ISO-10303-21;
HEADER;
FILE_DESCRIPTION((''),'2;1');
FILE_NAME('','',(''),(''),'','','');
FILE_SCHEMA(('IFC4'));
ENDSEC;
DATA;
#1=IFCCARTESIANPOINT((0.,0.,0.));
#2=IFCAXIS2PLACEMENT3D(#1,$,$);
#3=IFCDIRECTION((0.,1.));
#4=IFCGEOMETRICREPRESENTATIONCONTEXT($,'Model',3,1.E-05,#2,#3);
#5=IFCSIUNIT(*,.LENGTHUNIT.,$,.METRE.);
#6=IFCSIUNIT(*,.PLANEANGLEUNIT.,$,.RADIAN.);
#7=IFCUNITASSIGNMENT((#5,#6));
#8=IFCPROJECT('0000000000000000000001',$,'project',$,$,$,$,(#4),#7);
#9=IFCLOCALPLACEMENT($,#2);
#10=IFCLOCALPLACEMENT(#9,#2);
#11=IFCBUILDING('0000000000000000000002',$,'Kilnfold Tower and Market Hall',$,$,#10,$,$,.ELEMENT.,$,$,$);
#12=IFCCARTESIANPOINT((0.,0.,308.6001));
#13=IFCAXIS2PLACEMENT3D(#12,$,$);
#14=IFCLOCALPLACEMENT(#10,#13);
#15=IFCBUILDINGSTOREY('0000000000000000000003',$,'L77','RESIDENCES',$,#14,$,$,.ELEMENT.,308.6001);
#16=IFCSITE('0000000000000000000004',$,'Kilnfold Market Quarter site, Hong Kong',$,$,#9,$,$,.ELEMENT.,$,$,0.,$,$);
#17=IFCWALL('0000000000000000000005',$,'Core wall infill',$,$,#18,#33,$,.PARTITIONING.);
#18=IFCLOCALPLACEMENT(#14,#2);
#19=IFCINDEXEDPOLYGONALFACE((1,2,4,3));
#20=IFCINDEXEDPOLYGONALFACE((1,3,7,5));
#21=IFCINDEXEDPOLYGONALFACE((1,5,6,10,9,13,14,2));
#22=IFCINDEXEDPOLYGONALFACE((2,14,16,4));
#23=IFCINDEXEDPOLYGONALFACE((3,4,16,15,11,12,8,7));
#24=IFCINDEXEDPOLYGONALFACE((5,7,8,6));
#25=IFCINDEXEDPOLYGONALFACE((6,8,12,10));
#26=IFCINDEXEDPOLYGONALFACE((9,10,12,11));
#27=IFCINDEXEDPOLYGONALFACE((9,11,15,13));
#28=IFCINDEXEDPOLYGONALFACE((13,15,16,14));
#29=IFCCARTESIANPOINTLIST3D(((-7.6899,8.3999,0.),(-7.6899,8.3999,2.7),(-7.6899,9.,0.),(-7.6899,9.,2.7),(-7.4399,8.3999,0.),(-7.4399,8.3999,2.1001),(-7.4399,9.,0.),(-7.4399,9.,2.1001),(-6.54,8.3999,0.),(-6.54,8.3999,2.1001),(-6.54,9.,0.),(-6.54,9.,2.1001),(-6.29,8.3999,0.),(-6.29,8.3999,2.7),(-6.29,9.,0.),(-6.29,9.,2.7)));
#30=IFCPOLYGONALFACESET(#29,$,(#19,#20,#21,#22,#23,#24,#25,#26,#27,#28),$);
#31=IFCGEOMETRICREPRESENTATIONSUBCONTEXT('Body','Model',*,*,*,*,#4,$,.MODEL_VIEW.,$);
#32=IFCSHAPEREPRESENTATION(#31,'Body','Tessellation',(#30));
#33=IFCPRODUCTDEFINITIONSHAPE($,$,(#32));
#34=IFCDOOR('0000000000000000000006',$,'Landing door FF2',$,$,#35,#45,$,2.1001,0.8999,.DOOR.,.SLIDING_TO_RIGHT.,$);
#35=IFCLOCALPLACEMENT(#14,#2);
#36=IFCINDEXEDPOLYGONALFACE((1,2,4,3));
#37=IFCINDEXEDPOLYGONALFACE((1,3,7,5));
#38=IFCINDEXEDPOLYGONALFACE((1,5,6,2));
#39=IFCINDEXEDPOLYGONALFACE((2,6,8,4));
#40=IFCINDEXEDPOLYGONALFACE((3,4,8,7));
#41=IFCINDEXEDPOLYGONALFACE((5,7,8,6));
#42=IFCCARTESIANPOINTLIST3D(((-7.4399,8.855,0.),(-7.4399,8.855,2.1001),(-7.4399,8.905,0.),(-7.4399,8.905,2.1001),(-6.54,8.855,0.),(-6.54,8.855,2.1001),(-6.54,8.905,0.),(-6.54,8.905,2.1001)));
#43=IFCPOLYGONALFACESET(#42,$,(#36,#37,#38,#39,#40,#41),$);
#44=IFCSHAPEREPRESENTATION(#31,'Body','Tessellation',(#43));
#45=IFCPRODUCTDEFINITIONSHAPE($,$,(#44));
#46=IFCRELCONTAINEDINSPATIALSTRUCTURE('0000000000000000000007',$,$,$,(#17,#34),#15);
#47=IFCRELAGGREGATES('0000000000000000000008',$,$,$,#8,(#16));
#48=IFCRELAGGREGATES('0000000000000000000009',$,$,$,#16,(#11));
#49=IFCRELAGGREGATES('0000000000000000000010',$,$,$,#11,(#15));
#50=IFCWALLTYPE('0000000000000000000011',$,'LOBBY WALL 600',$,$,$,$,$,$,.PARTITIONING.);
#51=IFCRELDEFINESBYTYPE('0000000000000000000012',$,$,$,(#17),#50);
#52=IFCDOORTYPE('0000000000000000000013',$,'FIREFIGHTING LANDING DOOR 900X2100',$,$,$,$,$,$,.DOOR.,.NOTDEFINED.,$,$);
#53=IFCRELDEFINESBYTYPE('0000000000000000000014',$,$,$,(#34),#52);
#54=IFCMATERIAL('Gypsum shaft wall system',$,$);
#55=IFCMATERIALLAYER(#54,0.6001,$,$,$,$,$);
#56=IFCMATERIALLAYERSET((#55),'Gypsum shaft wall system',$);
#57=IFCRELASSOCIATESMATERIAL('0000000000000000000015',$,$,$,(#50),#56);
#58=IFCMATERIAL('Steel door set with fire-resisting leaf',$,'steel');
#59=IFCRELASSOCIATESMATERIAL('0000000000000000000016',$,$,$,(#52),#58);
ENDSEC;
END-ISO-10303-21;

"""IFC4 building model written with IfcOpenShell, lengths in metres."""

from ifc_helpers import new_model, si_unit, direction, frame, frame_2d, origin, place, context, subcontext, project, spatial, rectangle, extrude, source, transform, mapped, material, layer, layer_set, type_object, element, fill, save


model = new_model("IFC4")

# Units and contexts
model_context = context("Model", 3, precision=1e-05, world=origin(), true_north=direction((0.0, 1.0)))
body_context = subcontext(model_context, "Body", "Model", "MODEL_VIEW")
ifc_project = project(units=[si_unit("LENGTHUNIT", "METRE"), si_unit("PLANEANGLEUNIT", "RADIAN")], contexts=[model_context])

# Site, building, storey
site_placement = place(None, origin())
site = spatial("IfcSite", under=ifc_project, at=site_placement, Name="Kilnfold Market Quarter site, Hong Kong", CompositionType="ELEMENT", RefElevation=0.0)
building_placement = place(site_placement, origin())
building = spatial("IfcBuilding", under=site, at=building_placement, Name="Kilnfold Tower and Market Hall", CompositionType="ELEMENT")
storey_placement = place(building_placement, frame((0.0, 0.0, 308.6001)))
storey = spatial("IfcBuildingStorey", under=building, at=storey_placement, Name="L77", Description="RESIDENCES", CompositionType="ELEMENT", Elevation=308.6001)

# Wall, opening, door
ifc_material_1 = material(Name="Gypsum shaft wall system")
ifc_layer_1 = layer(ifc_material_1, 0.6001)
ifc_layer_set_1 = layer_set([ifc_layer_1], Name="Gypsum shaft wall system")
wall_type_1 = type_object("IfcWallType", Name="LOBBY WALL 600", PredefinedType="PARTITIONING", material=ifc_layer_set_1)
ifc_material_2 = material(Name="Steel door set with fire-resisting leaf", Category="steel")
door_type_1 = type_object("IfcDoorType", Name="FIREFIGHTING LANDING DOOR 900X2100", OperationType="NOTDEFINED", PredefinedType="DOOR", material=ifc_material_2)
shared_shape_1 = source(origin(), body_context, "Body", "SweptSolid", [
    extrude(rectangle(XDim=1.3999, YDim=0.6001, at=frame_2d((0.7, 0.0))), origin(), (0.0, 0.0, 1.0), 2.7),
])
wall_1_placement = place(storey_placement, frame((-7.6899, 8.7, 0.0), z_axis=(0.0, 0.0, 1.0), x_axis=(1.0, 0.0, 0.0)))
wall_1 = element("IfcWall", 1, at=wall_1_placement, inside=storey, type_object=wall_type_1, Name="Core wall infill", PredefinedType="PARTITIONING", context=body_context, shape_type="MappedRepresentation", body=[
    mapped(shared_shape_1, transform((0.0, 0.0, 0.0))),
])
opening_1_placement = place(wall_1_placement, frame((0.25, 0.0, 0.0)))
opening_1 = element("IfcOpeningElement", 2, at=opening_1_placement, cuts=wall_1, PredefinedType="OPENING", context=body_context, shape_type="SweptSolid", body=[
    extrude(rectangle(XDim=0.8999, YDim=2.1001, at=frame_2d((0.45, 1.05))), frame((0.0, 0.3101, 0.0), z_axis=(0.0, -1.0, 0.0), x_axis=(1.0, 0.0, 0.0)), (0.0, 0.0, 1.0), 0.6201),
])
door_1_placement = place(opening_1_placement, origin())
door_1 = element("IfcDoor", 3, at=door_1_placement, inside=storey, type_object=door_type_1, Name="Landing door FF2", OperationType="SLIDING_TO_RIGHT", OverallHeight=2.1001, OverallWidth=0.8999, PredefinedType="DOOR", context=body_context, shape_type="SweptSolid", body=[
    extrude(rectangle(XDim=0.8999, YDim=2.1001, at=frame_2d((0.45, 1.05))), frame((0.0, 0.2051, 0.0), z_axis=(0.0, -1.0, 0.0), x_axis=(1.0, 0.0, 0.0)), (0.0, 0.0, 1.0), 0.05),
])
fill(opening_1, door_1)

save(model, "model.ifc")
